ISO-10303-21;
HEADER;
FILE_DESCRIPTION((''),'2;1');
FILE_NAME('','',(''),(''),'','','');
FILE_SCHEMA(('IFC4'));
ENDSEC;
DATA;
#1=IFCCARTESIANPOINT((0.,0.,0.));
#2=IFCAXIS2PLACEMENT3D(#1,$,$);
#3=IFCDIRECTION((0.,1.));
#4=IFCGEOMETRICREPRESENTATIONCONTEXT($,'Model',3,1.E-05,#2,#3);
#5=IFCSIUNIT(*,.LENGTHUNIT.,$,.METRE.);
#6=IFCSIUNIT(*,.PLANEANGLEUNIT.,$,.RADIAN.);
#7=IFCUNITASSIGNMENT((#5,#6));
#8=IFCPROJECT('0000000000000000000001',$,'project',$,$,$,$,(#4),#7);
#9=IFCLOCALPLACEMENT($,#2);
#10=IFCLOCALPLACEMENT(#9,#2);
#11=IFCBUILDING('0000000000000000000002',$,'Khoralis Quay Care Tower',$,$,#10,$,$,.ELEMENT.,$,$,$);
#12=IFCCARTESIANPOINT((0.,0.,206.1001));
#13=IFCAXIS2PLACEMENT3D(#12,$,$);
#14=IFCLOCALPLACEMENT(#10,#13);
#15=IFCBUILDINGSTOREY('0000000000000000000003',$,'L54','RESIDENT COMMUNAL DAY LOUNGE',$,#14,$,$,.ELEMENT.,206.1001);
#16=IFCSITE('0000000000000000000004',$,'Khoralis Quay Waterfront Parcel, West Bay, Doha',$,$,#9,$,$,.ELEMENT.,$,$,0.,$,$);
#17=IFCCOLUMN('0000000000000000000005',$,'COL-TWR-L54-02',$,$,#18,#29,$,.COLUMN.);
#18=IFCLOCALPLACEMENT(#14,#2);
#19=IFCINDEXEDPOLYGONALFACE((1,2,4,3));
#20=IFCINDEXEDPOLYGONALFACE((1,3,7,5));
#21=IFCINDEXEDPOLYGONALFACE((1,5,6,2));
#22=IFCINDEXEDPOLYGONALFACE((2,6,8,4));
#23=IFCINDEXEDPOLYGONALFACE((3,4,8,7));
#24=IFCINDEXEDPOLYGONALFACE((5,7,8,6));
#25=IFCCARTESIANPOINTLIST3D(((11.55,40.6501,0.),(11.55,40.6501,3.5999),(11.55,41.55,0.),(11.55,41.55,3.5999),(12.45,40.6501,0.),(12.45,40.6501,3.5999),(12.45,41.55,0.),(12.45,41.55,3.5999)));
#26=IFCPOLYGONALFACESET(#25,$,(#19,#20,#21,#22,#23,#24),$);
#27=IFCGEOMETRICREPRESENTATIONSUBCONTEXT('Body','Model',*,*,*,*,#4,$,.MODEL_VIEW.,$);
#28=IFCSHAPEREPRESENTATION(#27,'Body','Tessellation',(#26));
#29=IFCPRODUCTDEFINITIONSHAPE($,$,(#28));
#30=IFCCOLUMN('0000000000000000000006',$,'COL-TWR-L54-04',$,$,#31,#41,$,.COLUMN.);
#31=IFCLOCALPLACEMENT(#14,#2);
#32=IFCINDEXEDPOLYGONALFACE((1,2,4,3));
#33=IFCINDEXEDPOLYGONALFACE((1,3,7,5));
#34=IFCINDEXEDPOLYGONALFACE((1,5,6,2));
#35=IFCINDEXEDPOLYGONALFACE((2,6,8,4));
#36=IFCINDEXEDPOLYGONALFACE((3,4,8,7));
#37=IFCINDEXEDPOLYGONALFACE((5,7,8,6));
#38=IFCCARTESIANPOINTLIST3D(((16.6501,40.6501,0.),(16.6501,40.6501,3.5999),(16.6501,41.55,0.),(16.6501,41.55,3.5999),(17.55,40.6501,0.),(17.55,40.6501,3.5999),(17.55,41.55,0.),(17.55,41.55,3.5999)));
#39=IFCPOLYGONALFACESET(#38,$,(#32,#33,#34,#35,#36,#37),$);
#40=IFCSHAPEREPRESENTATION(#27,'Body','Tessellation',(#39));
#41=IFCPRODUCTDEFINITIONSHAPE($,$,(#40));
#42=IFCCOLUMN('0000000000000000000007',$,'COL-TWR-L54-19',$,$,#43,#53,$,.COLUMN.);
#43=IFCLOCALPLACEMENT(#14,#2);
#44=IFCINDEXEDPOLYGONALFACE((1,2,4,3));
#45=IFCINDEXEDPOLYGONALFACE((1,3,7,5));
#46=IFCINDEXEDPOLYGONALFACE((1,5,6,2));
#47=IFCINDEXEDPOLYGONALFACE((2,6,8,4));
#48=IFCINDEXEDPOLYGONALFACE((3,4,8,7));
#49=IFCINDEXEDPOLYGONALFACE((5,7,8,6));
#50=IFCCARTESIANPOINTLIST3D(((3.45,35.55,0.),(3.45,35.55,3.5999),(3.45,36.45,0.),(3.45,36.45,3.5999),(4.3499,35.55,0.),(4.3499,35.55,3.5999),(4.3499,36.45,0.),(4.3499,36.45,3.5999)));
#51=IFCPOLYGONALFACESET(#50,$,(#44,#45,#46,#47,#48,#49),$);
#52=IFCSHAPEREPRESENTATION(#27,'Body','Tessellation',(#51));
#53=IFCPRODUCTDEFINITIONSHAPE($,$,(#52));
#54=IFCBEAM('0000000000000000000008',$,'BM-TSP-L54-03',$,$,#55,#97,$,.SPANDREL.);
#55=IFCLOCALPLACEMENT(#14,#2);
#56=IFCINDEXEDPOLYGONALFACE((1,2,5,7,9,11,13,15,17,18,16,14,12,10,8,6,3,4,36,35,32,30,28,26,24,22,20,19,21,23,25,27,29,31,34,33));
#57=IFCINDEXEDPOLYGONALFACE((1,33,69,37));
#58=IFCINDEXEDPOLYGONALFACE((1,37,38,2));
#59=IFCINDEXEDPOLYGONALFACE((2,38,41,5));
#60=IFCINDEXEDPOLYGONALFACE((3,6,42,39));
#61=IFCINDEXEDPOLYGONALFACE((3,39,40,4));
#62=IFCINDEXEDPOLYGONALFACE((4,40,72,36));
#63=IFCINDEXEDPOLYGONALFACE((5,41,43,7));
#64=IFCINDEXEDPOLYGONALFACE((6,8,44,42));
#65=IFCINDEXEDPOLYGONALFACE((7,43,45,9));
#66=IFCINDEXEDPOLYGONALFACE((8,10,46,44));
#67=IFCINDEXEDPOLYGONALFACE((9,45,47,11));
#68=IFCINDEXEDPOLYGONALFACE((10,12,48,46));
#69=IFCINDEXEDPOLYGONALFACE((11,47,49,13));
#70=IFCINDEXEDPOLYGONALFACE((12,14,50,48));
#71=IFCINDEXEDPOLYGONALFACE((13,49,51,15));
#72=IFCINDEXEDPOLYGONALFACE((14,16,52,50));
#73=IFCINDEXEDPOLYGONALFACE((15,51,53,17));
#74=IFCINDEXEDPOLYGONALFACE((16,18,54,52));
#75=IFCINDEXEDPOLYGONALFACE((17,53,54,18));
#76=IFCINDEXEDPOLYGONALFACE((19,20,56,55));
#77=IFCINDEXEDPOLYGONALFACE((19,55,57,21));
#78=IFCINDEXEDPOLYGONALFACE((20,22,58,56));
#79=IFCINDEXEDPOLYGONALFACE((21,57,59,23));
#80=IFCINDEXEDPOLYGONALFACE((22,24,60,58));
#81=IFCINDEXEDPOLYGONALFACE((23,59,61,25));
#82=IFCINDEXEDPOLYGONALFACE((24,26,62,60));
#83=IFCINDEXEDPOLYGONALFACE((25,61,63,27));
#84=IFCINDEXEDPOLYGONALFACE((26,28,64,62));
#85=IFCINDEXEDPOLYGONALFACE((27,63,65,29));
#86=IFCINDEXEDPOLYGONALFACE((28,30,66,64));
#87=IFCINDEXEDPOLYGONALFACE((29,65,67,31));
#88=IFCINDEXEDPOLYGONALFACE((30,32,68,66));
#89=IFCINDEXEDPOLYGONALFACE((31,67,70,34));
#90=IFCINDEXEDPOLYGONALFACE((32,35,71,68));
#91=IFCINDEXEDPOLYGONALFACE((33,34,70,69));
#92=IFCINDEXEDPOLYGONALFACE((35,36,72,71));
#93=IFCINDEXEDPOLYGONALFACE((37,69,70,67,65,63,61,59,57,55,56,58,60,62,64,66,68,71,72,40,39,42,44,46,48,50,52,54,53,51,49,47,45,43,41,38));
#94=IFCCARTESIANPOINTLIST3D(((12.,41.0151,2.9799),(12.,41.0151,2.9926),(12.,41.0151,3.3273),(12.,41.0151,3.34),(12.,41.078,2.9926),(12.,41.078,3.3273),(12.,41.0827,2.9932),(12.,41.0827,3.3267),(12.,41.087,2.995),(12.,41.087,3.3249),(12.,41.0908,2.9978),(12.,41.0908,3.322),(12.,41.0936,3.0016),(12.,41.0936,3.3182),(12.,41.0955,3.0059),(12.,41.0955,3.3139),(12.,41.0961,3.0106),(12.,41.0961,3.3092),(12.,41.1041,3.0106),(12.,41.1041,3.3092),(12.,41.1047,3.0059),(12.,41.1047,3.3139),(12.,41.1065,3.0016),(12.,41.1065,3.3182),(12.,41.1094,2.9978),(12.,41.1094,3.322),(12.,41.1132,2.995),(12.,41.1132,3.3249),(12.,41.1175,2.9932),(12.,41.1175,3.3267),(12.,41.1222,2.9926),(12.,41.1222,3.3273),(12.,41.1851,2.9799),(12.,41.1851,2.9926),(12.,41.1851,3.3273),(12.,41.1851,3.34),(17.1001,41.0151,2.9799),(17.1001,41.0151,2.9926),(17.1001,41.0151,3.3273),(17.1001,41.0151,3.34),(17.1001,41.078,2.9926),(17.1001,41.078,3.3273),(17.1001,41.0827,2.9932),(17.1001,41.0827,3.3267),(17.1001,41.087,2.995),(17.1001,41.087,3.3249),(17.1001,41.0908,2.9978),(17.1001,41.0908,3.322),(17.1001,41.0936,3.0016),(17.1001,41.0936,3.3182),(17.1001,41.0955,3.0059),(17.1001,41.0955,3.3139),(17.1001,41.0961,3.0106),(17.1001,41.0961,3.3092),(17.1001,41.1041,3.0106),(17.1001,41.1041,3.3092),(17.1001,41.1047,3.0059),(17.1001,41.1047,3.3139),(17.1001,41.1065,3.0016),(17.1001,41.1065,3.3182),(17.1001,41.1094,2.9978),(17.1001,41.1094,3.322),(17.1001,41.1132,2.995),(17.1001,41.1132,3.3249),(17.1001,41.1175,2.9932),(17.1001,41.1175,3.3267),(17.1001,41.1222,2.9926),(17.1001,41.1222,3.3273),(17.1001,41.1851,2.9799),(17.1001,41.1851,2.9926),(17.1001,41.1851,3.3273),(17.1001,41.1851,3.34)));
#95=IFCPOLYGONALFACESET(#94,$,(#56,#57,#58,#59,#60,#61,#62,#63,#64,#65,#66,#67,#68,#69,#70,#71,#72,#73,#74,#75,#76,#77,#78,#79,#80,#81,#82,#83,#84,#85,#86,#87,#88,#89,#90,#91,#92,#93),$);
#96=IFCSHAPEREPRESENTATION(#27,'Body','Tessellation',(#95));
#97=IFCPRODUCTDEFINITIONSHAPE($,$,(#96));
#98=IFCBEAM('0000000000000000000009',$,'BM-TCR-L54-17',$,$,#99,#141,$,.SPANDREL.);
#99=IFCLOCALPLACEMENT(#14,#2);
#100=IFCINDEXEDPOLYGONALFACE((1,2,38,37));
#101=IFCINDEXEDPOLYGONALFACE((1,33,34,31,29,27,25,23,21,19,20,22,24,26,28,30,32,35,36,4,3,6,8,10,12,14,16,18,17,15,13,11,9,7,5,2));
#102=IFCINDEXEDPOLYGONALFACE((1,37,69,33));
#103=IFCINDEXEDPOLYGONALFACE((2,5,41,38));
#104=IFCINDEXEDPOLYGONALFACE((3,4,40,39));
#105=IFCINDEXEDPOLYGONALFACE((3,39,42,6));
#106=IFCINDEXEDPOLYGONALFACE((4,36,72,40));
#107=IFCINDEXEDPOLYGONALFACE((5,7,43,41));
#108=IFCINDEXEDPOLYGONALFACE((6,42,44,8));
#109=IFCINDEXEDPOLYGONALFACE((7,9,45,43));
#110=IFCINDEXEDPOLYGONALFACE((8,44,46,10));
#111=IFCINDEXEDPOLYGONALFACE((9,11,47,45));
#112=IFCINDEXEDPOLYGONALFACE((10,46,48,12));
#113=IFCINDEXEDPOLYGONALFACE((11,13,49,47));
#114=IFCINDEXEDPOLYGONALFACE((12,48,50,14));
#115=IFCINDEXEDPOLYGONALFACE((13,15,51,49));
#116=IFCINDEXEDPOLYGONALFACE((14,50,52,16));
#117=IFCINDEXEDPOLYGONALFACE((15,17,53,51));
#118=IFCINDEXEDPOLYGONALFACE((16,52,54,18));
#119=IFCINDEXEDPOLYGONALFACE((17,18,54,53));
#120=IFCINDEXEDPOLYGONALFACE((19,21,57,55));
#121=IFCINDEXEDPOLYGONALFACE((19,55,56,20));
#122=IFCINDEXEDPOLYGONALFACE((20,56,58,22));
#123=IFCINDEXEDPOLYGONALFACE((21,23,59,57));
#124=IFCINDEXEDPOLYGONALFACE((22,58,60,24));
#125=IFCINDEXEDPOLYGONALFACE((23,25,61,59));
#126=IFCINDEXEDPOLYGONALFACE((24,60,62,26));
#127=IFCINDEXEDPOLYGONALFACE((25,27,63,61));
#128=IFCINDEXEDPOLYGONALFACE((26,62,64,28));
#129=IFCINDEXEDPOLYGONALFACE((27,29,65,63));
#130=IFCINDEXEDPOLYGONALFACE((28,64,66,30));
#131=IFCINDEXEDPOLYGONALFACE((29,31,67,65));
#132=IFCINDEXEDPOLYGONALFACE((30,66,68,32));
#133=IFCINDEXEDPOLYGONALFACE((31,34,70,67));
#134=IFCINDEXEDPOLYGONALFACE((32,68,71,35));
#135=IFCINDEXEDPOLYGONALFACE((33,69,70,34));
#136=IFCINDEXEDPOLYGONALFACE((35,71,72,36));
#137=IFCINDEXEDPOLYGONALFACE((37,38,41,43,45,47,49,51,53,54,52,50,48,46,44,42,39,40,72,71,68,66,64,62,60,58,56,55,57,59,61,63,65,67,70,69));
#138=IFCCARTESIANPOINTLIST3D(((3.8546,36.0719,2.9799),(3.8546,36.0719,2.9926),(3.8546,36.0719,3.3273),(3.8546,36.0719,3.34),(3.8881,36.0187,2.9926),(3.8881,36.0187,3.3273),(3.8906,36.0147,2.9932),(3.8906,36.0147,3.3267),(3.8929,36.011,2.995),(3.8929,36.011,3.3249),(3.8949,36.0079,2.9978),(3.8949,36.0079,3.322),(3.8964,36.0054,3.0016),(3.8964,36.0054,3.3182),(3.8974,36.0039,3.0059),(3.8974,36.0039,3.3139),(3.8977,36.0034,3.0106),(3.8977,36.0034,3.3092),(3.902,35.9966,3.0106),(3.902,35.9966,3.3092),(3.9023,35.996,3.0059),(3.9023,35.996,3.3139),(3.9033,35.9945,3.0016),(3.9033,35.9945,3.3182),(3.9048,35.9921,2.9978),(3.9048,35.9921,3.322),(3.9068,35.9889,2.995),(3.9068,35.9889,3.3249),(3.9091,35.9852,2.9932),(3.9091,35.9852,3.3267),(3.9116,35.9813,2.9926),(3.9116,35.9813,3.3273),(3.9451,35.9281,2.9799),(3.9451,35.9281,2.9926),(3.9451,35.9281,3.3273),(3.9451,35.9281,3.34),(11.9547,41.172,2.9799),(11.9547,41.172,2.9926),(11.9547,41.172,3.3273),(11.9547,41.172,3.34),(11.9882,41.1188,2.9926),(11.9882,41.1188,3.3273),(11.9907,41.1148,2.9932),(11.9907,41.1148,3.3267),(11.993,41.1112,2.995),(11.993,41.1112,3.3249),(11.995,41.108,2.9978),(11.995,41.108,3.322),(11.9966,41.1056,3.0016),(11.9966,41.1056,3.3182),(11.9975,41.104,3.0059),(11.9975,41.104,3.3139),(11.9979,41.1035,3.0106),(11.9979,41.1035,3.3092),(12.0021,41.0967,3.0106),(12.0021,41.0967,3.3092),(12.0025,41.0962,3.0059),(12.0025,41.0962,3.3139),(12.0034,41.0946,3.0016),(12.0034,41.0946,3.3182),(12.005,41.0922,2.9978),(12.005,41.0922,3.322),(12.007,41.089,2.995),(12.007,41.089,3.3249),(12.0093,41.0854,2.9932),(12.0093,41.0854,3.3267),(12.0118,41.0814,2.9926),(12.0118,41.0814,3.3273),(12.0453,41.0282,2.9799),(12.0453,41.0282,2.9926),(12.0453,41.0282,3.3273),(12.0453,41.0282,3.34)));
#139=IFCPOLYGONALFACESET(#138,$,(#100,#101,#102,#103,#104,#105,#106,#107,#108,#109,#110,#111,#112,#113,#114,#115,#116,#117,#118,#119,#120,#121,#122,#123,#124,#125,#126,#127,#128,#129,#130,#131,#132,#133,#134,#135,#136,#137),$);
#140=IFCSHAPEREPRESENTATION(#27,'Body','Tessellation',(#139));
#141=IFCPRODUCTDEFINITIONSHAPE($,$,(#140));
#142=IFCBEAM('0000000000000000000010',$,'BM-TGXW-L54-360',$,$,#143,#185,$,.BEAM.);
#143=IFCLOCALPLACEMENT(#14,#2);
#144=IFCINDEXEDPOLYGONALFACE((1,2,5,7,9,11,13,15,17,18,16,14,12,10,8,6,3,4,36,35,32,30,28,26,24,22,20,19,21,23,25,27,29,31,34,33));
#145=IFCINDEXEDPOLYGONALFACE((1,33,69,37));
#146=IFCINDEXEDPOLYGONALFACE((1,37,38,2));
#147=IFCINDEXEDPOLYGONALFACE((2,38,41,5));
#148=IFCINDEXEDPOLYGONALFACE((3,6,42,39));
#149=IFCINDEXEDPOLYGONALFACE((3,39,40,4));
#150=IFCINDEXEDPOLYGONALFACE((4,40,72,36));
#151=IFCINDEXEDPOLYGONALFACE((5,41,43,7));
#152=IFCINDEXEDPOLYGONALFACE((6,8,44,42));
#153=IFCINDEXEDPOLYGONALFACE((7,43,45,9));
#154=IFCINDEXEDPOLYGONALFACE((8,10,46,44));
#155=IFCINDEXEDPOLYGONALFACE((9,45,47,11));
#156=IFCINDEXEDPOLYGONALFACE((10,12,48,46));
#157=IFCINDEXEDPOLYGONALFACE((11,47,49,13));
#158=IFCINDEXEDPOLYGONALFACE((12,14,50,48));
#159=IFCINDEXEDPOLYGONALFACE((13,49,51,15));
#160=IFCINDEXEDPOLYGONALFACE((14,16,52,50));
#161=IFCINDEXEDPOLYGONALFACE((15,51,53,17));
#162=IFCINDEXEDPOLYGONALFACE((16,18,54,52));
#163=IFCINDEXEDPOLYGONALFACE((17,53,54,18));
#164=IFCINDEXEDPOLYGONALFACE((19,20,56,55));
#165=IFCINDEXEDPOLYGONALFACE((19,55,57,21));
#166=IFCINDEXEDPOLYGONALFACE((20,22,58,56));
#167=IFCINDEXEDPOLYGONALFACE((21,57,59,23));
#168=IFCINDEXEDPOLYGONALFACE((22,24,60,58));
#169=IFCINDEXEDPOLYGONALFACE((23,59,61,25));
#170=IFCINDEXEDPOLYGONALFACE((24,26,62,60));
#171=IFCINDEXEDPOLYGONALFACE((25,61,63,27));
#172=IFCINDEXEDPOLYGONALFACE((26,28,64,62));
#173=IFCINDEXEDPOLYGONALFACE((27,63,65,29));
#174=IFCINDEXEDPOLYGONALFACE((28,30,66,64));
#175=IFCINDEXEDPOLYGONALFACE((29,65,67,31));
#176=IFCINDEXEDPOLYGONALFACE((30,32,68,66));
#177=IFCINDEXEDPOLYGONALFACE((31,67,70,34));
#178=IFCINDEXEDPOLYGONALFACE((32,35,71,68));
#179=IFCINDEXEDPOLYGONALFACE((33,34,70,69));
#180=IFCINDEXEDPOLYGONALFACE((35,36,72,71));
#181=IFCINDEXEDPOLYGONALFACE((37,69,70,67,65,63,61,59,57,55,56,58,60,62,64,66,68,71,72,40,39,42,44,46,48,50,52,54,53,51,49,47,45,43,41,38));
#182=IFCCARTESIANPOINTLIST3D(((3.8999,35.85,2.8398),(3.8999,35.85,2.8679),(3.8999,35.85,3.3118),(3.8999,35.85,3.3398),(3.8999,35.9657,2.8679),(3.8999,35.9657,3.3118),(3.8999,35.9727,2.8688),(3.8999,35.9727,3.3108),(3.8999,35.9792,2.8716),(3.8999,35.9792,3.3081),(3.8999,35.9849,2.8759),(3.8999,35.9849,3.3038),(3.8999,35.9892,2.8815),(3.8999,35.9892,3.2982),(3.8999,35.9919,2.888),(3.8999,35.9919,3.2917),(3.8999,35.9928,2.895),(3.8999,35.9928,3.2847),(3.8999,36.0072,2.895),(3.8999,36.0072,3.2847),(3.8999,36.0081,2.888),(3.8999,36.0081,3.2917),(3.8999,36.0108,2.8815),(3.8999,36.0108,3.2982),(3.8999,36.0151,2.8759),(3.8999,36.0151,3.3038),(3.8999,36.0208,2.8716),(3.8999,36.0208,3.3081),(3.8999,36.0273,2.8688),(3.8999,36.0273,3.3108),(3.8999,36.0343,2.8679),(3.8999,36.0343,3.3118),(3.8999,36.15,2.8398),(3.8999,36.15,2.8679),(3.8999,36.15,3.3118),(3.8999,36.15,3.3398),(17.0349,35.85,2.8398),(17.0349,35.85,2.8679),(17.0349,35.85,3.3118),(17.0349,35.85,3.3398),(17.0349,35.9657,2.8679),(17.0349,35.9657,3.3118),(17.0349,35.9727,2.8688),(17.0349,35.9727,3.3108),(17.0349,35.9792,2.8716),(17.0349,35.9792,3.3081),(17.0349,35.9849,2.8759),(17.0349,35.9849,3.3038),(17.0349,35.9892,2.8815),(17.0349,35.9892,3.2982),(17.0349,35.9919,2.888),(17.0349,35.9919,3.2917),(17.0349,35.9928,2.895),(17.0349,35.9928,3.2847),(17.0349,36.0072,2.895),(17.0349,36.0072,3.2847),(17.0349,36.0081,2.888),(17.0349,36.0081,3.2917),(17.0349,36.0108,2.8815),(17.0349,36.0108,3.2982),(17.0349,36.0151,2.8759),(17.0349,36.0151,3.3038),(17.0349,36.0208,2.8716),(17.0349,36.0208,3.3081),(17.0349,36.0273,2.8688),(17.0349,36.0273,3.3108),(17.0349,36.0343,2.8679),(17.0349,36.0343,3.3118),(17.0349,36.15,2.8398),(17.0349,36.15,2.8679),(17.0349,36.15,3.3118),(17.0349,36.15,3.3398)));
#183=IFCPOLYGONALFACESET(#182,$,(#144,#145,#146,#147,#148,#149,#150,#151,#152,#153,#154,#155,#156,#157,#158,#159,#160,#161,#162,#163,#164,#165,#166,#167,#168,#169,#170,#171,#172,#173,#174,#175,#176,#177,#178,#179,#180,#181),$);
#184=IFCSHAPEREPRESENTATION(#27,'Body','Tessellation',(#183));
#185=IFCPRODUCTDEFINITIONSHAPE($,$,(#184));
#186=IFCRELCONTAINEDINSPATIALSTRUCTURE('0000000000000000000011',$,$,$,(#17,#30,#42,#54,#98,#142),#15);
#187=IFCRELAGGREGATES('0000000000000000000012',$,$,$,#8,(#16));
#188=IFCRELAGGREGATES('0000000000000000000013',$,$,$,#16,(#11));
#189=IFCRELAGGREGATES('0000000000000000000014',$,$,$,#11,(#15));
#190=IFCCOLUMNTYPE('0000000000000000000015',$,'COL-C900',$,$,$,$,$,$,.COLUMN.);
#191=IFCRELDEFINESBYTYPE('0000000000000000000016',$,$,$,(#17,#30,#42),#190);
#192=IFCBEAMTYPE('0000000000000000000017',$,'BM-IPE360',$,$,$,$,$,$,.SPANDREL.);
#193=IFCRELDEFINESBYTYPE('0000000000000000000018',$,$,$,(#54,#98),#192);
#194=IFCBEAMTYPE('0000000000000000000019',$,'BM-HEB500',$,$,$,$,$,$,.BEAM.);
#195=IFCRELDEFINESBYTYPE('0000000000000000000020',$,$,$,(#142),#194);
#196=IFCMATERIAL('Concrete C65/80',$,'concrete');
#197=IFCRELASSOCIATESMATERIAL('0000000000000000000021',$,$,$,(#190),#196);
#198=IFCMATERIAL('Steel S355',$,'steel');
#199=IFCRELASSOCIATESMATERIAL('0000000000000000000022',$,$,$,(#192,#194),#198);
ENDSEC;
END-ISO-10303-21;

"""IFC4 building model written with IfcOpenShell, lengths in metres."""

from ifc_helpers import new_model, si_unit, direction, frame, origin, origin_2d, place, context, subcontext, project, spatial, rectangle, i_section, extrude, source, transform, mapped, material, material_profile, profile_set, type_object, element, save


model = new_model("IFC4")

# Units and contexts
model_context = context("Model", 3, precision=1e-05, world=origin(), true_north=direction((0.0, 1.0)))
body_context = subcontext(model_context, "Body", "Model", "MODEL_VIEW")
ifc_project = project(units=[si_unit("LENGTHUNIT", "METRE"), si_unit("PLANEANGLEUNIT", "RADIAN")], contexts=[model_context])

# Site, building, storey
site_placement = place(None, origin())
site = spatial("IfcSite", under=ifc_project, at=site_placement, Name="Khoralis Quay Waterfront Parcel, West Bay, Doha", CompositionType="ELEMENT", RefElevation=0.0)
building_placement = place(site_placement, origin())
building = spatial("IfcBuilding", under=site, at=building_placement, Name="Khoralis Quay Care Tower", CompositionType="ELEMENT")
storey_placement = place(building_placement, frame((0.0, 0.0, 206.1001)))
storey = spatial("IfcBuildingStorey", under=building, at=storey_placement, Name="L54", Description="RESIDENT COMMUNAL DAY LOUNGE", CompositionType="ELEMENT", Elevation=206.1001)

# Columns
ifc_material_1 = material(Name="Concrete C65/80", Category="concrete")
ifc_material_profile_1 = material_profile(ifc_material_1, rectangle(XDim=0.8999, YDim=0.8999, at=origin_2d()), Name="Concrete C65/80")
ifc_profile_set_1 = profile_set([ifc_material_profile_1], Name="Concrete C65/80")
column_type = type_object("IfcColumnType", Name="COL-C900", PredefinedType="COLUMN", material=ifc_profile_set_1)
shared_shape_1 = source(origin(), body_context, "Body", "SweptSolid", [
    extrude(rectangle(XDim=0.8999, YDim=0.8999, at=origin_2d()), origin(), (0.0, 0.0, 1.0), 3.5999),
])
for number, where, z_axis, x_axis, name in (
    (1, (12.0, 41.1001, 0.0), (0.0, 0.0, 1.0), (1.0, 0.0, 0.0), "COL-TWR-L54-02"),
    (2, (17.1001, 41.1001, 0.0), (0.0, 0.0, 1.0), (1.0, 0.0, 0.0), "COL-TWR-L54-04"),
    (3, (3.8999, 36.0, 0.0), (0.0, 0.0, 1.0), (1.0, 0.0, 0.0), "COL-TWR-L54-19"),
):
    element("IfcColumn", number, at=place(storey_placement, frame(where, z_axis=z_axis, x_axis=x_axis)), inside=storey, type_object=column_type, Name=name, PredefinedType="COLUMN", context=body_context, shape_type="MappedRepresentation", body=[
        mapped(shared_shape_1, transform((0.0, 0.0, 0.0), scale=1.0)),
    ])

# Beams
ifc_material_2 = material(Name="Steel S355", Category="steel")
ifc_material_profile_2 = material_profile(ifc_material_2, i_section(OverallWidth=0.1699, OverallDepth=0.3601, WebThickness=0.0081, FlangeThickness=0.0127, FilletRadius=0.0181, at=origin_2d()), Name="Steel S355")
ifc_profile_set_2 = profile_set([ifc_material_profile_2], Name="Steel S355")
beam_type_1 = type_object("IfcBeamType", Name="BM-IPE360", PredefinedType="SPANDREL", material=ifc_profile_set_2)
shared_shape_2 = source(origin(), body_context, "Body", "SweptSolid", [
    extrude(i_section(OverallWidth=0.1699, OverallDepth=0.3601, WebThickness=0.0081, FlangeThickness=0.0127, FilletRadius=0.0181, at=origin_2d()), origin(), (0.0, 0.0, 1.0), 5.1001),
])
beam_1_placement = place(storey_placement, frame((12.0, 41.1001, 3.1599), z_axis=(1.0, 0.0, 0.0), x_axis=(0.0, 1.0, 0.0)))
element("IfcBeam", 4, at=beam_1_placement, inside=storey, type_object=beam_type_1, Name="BM-TSP-L54-03", PredefinedType="SPANDREL", context=body_context, shape_type="MappedRepresentation", body=[
    mapped(shared_shape_2, transform((0.0, 0.0, 0.0), scale=1.0)),
])
shared_shape_3 = source(origin(), body_context, "Body", "SweptSolid", [
    extrude(i_section(OverallWidth=0.1699, OverallDepth=0.3601, WebThickness=0.0081, FlangeThickness=0.0127, FilletRadius=0.0181, at=origin_2d()), origin(), (0.0, 0.0, 1.0), 9.572),
])
beam_2_placement = place(storey_placement, frame((12.0, 41.1001, 3.1599), z_axis=(-0.846231, -0.532816, 0.0), x_axis=(0.532816, -0.846231, 0.0)))
element("IfcBeam", 5, at=beam_2_placement, inside=storey, type_object=beam_type_1, Name="BM-TCR-L54-17", PredefinedType="SPANDREL", context=body_context, shape_type="MappedRepresentation", body=[
    mapped(shared_shape_3, transform((0.0, 0.0, 0.0), scale=1.0)),
])
ifc_material_profile_3 = material_profile(ifc_material_2, i_section(OverallWidth=0.3, OverallDepth=0.5, WebThickness=0.0144, FlangeThickness=0.0281, FilletRadius=0.0271, at=origin_2d()), Name="Steel S355")
ifc_profile_set_3 = profile_set([ifc_material_profile_3], Name="Steel S355")
beam_type_2 = type_object("IfcBeamType", Name="BM-HEB500", PredefinedType="BEAM", material=ifc_profile_set_3)
shared_shape_4 = source(origin(), body_context, "Body", "SweptSolid", [
    extrude(i_section(OverallWidth=0.3, OverallDepth=0.5, WebThickness=0.0144, FlangeThickness=0.0281, FilletRadius=0.0271, at=origin_2d()), origin(), (0.0, 0.0, 1.0), 13.135),
])
beam_3_placement = place(storey_placement, frame((3.8999, 36.0, 3.0898), z_axis=(1.0, 0.0, 0.0), x_axis=(0.0, 1.0, 0.0)))
element("IfcBeam", 6, at=beam_3_placement, inside=storey, type_object=beam_type_2, Name="BM-TGXW-L54-360", PredefinedType="BEAM", context=body_context, shape_type="MappedRepresentation", body=[
    mapped(shared_shape_4, transform((0.0, 0.0, 0.0), scale=1.0)),
])

save(model, "model.ifc")
